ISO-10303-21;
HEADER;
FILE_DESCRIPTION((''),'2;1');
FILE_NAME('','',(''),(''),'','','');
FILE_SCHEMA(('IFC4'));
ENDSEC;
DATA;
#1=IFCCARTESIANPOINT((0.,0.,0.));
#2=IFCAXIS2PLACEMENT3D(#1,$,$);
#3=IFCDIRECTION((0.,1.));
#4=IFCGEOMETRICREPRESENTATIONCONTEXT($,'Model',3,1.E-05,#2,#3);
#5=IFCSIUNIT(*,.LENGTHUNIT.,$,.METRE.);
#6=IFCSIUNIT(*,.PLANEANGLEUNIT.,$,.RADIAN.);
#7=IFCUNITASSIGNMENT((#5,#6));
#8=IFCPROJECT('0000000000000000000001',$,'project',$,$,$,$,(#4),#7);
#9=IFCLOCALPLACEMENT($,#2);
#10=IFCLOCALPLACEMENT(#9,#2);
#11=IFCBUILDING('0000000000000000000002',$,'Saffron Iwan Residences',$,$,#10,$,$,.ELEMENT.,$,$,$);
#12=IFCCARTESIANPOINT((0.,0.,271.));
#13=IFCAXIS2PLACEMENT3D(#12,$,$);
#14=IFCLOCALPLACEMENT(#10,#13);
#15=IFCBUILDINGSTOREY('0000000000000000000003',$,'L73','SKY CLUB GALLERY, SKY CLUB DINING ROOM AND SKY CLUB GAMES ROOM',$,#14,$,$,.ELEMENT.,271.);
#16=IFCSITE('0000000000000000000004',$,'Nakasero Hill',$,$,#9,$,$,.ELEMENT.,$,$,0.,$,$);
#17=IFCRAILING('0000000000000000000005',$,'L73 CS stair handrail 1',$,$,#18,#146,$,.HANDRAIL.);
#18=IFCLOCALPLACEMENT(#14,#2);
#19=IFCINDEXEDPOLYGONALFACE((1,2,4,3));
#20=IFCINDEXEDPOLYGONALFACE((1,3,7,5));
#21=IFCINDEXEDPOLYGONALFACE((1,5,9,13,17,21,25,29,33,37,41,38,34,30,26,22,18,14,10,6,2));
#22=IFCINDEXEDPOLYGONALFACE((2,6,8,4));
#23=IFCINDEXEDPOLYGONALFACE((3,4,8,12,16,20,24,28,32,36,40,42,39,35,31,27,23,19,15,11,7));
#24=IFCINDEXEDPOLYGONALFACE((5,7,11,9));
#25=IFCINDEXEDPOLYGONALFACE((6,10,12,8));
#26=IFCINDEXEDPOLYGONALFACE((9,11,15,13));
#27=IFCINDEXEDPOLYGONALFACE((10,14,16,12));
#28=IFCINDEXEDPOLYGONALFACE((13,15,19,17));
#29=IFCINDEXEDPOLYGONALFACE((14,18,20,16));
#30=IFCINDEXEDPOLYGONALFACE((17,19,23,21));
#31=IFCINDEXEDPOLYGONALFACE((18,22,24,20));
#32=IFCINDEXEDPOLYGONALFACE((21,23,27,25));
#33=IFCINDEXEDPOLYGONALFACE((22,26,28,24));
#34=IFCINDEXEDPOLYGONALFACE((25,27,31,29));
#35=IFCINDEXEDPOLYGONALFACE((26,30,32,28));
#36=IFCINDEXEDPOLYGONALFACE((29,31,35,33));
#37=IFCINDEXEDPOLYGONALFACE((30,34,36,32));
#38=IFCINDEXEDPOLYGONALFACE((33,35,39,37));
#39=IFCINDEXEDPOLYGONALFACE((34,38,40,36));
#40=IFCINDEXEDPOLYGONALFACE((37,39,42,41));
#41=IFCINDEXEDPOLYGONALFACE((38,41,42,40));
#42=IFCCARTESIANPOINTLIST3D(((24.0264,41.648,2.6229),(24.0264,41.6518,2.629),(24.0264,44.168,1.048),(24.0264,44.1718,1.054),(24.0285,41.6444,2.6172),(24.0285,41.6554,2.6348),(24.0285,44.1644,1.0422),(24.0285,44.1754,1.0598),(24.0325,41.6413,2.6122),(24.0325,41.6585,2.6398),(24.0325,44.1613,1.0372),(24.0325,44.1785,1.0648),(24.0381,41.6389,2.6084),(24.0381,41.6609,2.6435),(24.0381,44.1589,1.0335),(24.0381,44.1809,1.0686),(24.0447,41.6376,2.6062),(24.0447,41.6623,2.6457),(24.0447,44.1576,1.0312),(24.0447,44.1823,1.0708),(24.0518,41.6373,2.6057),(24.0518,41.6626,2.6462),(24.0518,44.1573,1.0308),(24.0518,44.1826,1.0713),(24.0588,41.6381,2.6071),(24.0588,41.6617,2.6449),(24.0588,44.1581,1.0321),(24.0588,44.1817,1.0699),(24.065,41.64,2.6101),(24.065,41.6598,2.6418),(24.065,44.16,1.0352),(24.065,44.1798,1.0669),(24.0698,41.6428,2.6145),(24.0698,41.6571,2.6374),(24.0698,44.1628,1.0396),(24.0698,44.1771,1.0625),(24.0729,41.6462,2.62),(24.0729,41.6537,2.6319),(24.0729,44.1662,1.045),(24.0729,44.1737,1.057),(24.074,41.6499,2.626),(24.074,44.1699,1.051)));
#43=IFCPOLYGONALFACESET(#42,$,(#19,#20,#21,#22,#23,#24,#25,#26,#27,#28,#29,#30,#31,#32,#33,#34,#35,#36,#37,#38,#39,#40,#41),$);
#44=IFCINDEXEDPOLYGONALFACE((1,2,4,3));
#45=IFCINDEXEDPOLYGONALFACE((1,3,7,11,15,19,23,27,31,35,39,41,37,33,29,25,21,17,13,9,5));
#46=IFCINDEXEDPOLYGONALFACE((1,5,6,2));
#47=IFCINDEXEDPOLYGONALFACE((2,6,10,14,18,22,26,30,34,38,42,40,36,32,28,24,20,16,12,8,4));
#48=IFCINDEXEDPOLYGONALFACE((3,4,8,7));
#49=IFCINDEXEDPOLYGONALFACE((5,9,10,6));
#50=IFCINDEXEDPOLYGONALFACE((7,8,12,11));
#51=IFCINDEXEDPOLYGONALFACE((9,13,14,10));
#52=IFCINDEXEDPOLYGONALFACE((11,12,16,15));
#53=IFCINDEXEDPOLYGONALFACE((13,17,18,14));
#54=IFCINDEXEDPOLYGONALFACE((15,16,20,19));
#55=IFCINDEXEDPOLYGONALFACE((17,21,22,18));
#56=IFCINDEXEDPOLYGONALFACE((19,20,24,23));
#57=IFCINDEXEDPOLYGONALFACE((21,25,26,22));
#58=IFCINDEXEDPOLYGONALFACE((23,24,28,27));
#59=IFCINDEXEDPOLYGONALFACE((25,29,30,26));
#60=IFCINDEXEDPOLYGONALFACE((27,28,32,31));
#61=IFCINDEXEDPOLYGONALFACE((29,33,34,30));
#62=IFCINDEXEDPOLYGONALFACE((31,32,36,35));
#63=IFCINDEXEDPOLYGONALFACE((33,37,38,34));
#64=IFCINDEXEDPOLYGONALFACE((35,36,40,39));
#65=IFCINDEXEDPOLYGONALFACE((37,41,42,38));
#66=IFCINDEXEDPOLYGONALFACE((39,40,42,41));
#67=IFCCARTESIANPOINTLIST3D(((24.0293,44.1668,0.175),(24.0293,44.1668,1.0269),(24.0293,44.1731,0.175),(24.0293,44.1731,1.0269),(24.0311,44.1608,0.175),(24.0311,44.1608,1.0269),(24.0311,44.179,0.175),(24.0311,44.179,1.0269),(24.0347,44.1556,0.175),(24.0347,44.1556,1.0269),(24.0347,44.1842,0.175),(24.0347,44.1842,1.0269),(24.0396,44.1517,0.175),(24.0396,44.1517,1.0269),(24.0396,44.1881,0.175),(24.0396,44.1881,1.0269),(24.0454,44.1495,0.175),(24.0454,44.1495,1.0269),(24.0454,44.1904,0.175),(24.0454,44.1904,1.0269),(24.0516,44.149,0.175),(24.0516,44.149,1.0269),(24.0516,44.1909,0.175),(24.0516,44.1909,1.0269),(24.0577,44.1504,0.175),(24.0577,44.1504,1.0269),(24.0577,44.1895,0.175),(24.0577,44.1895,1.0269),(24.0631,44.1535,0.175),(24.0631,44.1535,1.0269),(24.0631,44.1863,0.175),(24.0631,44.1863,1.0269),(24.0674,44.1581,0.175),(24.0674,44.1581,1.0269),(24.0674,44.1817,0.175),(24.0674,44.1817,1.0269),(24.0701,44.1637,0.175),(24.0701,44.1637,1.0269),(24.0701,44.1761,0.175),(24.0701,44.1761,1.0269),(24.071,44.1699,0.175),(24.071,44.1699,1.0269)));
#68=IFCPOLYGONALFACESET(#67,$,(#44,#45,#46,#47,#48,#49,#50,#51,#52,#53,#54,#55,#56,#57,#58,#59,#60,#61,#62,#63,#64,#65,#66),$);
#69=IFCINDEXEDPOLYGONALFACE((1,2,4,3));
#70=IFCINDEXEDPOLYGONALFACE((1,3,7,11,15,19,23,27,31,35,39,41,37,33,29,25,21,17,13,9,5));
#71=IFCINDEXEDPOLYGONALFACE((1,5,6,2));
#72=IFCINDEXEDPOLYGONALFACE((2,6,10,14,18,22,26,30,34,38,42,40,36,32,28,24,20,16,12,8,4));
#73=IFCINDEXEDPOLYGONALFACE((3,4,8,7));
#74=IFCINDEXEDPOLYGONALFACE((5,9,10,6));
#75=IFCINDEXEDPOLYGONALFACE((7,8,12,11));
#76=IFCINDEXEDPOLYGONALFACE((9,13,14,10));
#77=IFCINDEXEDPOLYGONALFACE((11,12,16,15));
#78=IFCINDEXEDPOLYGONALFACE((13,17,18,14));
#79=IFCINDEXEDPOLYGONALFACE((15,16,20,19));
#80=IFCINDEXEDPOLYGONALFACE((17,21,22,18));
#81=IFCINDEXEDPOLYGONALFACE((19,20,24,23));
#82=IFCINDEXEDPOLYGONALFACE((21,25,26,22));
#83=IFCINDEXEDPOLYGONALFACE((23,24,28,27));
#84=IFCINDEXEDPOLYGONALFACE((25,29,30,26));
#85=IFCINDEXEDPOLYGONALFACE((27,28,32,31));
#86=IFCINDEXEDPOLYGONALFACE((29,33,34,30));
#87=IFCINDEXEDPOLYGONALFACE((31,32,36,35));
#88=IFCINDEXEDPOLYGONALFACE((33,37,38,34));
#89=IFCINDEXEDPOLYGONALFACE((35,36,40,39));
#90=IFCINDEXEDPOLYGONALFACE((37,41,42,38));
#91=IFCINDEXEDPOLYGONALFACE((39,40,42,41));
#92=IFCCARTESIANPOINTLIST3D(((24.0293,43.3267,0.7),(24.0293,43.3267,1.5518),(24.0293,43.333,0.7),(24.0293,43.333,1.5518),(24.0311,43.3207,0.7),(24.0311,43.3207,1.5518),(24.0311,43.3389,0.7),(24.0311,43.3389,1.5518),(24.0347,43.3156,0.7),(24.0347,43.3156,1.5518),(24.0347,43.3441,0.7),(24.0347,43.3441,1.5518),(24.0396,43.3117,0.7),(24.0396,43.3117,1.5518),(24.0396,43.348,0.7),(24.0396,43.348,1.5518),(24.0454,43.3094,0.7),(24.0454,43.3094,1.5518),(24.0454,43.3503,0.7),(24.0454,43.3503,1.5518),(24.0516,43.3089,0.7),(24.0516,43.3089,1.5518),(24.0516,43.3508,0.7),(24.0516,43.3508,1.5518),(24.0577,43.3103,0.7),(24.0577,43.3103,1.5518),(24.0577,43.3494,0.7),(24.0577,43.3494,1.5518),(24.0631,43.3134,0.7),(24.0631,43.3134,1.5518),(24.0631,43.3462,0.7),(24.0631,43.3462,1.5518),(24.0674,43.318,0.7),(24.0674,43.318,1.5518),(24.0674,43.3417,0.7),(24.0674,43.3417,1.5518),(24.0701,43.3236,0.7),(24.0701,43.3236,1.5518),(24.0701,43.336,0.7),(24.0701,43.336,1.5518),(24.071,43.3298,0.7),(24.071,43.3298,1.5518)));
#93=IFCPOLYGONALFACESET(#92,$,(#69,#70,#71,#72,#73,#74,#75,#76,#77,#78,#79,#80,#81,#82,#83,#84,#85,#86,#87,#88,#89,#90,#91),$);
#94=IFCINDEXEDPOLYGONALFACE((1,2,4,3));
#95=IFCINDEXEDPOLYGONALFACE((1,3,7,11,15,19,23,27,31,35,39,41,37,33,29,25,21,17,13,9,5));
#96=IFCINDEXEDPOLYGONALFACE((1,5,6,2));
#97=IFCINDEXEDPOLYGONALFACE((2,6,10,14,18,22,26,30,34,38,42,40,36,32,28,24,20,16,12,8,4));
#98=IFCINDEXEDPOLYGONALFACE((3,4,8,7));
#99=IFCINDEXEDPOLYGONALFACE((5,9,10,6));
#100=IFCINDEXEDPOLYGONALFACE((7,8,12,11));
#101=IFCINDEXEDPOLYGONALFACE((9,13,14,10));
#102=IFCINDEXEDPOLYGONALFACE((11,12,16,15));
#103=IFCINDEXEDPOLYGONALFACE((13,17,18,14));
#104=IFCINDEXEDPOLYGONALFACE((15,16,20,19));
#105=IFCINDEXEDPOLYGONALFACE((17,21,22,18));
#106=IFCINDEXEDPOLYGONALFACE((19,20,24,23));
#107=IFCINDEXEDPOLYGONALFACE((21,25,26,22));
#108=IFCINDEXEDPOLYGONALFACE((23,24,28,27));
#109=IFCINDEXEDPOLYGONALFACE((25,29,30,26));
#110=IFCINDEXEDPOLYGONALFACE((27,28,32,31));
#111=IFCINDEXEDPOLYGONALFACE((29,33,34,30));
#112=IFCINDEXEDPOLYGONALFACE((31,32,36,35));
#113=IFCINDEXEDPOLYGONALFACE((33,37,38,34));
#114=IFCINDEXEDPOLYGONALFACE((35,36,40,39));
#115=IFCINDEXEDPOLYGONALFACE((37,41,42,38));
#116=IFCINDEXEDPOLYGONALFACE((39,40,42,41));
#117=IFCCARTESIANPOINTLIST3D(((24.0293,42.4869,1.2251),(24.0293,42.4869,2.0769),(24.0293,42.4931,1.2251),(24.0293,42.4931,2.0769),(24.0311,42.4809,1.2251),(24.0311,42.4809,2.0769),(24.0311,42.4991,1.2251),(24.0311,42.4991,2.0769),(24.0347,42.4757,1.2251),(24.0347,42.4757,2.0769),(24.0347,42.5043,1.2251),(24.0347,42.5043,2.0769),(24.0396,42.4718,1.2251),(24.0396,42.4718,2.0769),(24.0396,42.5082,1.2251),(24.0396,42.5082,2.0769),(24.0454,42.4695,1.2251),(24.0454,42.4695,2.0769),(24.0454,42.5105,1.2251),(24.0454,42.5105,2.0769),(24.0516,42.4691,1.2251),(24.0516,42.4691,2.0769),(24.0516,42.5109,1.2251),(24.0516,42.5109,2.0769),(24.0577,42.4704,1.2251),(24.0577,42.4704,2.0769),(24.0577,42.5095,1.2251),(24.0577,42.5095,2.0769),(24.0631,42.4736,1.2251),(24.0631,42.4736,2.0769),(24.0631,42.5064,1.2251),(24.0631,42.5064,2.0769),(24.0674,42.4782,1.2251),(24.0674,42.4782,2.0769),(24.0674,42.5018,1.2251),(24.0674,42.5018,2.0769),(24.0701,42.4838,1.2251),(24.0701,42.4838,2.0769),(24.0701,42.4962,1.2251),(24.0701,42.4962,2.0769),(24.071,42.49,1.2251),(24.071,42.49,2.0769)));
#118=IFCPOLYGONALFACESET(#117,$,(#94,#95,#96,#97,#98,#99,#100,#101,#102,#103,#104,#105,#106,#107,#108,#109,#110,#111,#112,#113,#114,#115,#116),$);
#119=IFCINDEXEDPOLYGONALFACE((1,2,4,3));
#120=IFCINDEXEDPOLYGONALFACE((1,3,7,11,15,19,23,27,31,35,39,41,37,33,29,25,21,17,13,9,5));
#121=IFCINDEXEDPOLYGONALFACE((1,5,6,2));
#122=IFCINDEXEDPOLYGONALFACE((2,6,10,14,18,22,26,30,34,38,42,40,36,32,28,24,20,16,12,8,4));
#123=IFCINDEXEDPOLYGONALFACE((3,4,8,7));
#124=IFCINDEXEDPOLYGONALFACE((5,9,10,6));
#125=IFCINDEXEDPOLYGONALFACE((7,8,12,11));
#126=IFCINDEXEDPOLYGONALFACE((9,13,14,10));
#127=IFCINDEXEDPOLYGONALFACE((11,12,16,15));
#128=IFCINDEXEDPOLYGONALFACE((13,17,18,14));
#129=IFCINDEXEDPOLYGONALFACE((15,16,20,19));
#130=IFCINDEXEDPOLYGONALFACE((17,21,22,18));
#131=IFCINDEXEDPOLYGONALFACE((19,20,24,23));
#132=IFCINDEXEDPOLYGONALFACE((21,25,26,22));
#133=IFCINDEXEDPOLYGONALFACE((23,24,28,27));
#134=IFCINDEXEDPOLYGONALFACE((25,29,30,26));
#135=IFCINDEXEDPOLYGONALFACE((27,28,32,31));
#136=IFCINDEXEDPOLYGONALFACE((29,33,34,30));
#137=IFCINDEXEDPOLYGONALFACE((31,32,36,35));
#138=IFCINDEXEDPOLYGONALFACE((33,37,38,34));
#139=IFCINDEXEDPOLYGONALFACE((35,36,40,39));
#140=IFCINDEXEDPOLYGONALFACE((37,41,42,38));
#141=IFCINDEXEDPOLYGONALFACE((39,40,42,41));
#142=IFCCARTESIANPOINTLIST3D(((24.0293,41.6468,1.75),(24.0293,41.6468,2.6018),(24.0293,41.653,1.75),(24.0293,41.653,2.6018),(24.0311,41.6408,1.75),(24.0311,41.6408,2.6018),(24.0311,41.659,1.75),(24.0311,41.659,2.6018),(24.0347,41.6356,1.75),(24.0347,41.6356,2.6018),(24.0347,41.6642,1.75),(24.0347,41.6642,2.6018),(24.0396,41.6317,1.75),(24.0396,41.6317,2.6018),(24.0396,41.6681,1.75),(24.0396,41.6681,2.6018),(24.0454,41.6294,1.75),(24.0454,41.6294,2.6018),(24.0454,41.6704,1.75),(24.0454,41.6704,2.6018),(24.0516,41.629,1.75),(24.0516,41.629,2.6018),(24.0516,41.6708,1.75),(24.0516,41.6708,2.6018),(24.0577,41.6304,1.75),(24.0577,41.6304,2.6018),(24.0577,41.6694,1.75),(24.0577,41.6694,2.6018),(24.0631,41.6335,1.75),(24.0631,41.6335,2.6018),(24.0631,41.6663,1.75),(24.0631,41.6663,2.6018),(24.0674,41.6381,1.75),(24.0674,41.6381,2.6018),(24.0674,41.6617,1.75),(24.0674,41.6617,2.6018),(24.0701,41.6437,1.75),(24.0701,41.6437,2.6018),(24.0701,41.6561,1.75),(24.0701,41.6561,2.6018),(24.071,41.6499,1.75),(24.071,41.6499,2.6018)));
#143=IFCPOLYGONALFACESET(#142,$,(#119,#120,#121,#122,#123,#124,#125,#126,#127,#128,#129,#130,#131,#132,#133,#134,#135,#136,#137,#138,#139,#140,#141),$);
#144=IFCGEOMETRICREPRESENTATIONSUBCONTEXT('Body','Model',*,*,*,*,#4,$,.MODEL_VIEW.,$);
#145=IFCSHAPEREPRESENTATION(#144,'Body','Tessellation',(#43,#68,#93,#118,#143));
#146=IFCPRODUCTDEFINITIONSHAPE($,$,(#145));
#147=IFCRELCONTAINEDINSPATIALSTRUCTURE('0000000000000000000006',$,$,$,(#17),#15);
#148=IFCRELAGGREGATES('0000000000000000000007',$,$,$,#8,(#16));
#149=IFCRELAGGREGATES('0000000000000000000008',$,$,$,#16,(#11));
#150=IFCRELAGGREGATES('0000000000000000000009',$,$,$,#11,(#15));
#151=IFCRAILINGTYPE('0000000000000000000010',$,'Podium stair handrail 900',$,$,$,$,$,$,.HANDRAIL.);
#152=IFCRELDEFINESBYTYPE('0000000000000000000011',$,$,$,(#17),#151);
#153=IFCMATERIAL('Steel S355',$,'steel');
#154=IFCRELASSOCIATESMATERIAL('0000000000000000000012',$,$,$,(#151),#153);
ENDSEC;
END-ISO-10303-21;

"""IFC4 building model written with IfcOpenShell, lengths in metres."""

from ifc_helpers import new_model, si_unit, direction, frame, origin, origin_2d, place, context, subcontext, project, spatial, circle, extrude, material, type_object, element, save


model = new_model("IFC4")

# Units and contexts
model_context = context("Model", 3, precision=1e-05, world=origin(), true_north=direction((0.0, 1.0)))
body_context = subcontext(model_context, "Body", "Model", "MODEL_VIEW")
ifc_project = project(units=[si_unit("LENGTHUNIT", "METRE"), si_unit("PLANEANGLEUNIT", "RADIAN")], contexts=[model_context])

# Site, building, storey
site_placement = place(None, origin())
site = spatial("IfcSite", under=ifc_project, at=site_placement, Name="Nakasero Hill", CompositionType="ELEMENT", RefElevation=0.0)
building_placement = place(site_placement, origin())
building = spatial("IfcBuilding", under=site, at=building_placement, Name="Saffron Iwan Residences", CompositionType="ELEMENT")
storey_placement = place(building_placement, frame((0.0, 0.0, 271.0)))
storey = spatial("IfcBuildingStorey", under=building, at=storey_placement, Name="L73", Description="SKY CLUB GALLERY, SKY CLUB DINING ROOM AND SKY CLUB GAMES ROOM", CompositionType="ELEMENT", Elevation=271.0)

# Railing
ifc_material_1 = material(Name="Steel S355", Category="steel")
railing_type_1 = type_object("IfcRailingType", Name="Podium stair handrail 900", PredefinedType="HANDRAIL", material=ifc_material_1)
railing_1_placement = place(storey_placement, frame((24.05, 44.1699, 0.175)))
element("IfcRailing", 1, at=railing_1_placement, inside=storey, type_object=railing_type_1, Name="L73 CS stair handrail 1", PredefinedType="HANDRAIL", context=body_context, shape_type="SweptSolid", body=[
    extrude(circle(Radius=0.0239, at=origin_2d()), frame((0.0, 0.0, 0.876), z_axis=(0.0, -0.848008, 0.529984), x_axis=(1.0, 0.0, 0.0)), (0.0, 0.0, 1.0), 2.9717),
    extrude(circle(Radius=0.021, at=origin_2d()), origin(), (0.0, 0.0, 1.0), 0.8518),
    extrude(circle(Radius=0.021, at=origin_2d()), frame((0.0, -0.8401, 0.5249)), (0.0, 0.0, 1.0), 0.8518),
    extrude(circle(Radius=0.021, at=origin_2d()), frame((0.0, -1.6799, 1.05)), (0.0, 0.0, 1.0), 0.8518),
    extrude(circle(Radius=0.021, at=origin_2d()), frame((0.0, -2.52, 1.575)), (0.0, 0.0, 1.0), 0.8518),
])

save(model, "model.ifc")
